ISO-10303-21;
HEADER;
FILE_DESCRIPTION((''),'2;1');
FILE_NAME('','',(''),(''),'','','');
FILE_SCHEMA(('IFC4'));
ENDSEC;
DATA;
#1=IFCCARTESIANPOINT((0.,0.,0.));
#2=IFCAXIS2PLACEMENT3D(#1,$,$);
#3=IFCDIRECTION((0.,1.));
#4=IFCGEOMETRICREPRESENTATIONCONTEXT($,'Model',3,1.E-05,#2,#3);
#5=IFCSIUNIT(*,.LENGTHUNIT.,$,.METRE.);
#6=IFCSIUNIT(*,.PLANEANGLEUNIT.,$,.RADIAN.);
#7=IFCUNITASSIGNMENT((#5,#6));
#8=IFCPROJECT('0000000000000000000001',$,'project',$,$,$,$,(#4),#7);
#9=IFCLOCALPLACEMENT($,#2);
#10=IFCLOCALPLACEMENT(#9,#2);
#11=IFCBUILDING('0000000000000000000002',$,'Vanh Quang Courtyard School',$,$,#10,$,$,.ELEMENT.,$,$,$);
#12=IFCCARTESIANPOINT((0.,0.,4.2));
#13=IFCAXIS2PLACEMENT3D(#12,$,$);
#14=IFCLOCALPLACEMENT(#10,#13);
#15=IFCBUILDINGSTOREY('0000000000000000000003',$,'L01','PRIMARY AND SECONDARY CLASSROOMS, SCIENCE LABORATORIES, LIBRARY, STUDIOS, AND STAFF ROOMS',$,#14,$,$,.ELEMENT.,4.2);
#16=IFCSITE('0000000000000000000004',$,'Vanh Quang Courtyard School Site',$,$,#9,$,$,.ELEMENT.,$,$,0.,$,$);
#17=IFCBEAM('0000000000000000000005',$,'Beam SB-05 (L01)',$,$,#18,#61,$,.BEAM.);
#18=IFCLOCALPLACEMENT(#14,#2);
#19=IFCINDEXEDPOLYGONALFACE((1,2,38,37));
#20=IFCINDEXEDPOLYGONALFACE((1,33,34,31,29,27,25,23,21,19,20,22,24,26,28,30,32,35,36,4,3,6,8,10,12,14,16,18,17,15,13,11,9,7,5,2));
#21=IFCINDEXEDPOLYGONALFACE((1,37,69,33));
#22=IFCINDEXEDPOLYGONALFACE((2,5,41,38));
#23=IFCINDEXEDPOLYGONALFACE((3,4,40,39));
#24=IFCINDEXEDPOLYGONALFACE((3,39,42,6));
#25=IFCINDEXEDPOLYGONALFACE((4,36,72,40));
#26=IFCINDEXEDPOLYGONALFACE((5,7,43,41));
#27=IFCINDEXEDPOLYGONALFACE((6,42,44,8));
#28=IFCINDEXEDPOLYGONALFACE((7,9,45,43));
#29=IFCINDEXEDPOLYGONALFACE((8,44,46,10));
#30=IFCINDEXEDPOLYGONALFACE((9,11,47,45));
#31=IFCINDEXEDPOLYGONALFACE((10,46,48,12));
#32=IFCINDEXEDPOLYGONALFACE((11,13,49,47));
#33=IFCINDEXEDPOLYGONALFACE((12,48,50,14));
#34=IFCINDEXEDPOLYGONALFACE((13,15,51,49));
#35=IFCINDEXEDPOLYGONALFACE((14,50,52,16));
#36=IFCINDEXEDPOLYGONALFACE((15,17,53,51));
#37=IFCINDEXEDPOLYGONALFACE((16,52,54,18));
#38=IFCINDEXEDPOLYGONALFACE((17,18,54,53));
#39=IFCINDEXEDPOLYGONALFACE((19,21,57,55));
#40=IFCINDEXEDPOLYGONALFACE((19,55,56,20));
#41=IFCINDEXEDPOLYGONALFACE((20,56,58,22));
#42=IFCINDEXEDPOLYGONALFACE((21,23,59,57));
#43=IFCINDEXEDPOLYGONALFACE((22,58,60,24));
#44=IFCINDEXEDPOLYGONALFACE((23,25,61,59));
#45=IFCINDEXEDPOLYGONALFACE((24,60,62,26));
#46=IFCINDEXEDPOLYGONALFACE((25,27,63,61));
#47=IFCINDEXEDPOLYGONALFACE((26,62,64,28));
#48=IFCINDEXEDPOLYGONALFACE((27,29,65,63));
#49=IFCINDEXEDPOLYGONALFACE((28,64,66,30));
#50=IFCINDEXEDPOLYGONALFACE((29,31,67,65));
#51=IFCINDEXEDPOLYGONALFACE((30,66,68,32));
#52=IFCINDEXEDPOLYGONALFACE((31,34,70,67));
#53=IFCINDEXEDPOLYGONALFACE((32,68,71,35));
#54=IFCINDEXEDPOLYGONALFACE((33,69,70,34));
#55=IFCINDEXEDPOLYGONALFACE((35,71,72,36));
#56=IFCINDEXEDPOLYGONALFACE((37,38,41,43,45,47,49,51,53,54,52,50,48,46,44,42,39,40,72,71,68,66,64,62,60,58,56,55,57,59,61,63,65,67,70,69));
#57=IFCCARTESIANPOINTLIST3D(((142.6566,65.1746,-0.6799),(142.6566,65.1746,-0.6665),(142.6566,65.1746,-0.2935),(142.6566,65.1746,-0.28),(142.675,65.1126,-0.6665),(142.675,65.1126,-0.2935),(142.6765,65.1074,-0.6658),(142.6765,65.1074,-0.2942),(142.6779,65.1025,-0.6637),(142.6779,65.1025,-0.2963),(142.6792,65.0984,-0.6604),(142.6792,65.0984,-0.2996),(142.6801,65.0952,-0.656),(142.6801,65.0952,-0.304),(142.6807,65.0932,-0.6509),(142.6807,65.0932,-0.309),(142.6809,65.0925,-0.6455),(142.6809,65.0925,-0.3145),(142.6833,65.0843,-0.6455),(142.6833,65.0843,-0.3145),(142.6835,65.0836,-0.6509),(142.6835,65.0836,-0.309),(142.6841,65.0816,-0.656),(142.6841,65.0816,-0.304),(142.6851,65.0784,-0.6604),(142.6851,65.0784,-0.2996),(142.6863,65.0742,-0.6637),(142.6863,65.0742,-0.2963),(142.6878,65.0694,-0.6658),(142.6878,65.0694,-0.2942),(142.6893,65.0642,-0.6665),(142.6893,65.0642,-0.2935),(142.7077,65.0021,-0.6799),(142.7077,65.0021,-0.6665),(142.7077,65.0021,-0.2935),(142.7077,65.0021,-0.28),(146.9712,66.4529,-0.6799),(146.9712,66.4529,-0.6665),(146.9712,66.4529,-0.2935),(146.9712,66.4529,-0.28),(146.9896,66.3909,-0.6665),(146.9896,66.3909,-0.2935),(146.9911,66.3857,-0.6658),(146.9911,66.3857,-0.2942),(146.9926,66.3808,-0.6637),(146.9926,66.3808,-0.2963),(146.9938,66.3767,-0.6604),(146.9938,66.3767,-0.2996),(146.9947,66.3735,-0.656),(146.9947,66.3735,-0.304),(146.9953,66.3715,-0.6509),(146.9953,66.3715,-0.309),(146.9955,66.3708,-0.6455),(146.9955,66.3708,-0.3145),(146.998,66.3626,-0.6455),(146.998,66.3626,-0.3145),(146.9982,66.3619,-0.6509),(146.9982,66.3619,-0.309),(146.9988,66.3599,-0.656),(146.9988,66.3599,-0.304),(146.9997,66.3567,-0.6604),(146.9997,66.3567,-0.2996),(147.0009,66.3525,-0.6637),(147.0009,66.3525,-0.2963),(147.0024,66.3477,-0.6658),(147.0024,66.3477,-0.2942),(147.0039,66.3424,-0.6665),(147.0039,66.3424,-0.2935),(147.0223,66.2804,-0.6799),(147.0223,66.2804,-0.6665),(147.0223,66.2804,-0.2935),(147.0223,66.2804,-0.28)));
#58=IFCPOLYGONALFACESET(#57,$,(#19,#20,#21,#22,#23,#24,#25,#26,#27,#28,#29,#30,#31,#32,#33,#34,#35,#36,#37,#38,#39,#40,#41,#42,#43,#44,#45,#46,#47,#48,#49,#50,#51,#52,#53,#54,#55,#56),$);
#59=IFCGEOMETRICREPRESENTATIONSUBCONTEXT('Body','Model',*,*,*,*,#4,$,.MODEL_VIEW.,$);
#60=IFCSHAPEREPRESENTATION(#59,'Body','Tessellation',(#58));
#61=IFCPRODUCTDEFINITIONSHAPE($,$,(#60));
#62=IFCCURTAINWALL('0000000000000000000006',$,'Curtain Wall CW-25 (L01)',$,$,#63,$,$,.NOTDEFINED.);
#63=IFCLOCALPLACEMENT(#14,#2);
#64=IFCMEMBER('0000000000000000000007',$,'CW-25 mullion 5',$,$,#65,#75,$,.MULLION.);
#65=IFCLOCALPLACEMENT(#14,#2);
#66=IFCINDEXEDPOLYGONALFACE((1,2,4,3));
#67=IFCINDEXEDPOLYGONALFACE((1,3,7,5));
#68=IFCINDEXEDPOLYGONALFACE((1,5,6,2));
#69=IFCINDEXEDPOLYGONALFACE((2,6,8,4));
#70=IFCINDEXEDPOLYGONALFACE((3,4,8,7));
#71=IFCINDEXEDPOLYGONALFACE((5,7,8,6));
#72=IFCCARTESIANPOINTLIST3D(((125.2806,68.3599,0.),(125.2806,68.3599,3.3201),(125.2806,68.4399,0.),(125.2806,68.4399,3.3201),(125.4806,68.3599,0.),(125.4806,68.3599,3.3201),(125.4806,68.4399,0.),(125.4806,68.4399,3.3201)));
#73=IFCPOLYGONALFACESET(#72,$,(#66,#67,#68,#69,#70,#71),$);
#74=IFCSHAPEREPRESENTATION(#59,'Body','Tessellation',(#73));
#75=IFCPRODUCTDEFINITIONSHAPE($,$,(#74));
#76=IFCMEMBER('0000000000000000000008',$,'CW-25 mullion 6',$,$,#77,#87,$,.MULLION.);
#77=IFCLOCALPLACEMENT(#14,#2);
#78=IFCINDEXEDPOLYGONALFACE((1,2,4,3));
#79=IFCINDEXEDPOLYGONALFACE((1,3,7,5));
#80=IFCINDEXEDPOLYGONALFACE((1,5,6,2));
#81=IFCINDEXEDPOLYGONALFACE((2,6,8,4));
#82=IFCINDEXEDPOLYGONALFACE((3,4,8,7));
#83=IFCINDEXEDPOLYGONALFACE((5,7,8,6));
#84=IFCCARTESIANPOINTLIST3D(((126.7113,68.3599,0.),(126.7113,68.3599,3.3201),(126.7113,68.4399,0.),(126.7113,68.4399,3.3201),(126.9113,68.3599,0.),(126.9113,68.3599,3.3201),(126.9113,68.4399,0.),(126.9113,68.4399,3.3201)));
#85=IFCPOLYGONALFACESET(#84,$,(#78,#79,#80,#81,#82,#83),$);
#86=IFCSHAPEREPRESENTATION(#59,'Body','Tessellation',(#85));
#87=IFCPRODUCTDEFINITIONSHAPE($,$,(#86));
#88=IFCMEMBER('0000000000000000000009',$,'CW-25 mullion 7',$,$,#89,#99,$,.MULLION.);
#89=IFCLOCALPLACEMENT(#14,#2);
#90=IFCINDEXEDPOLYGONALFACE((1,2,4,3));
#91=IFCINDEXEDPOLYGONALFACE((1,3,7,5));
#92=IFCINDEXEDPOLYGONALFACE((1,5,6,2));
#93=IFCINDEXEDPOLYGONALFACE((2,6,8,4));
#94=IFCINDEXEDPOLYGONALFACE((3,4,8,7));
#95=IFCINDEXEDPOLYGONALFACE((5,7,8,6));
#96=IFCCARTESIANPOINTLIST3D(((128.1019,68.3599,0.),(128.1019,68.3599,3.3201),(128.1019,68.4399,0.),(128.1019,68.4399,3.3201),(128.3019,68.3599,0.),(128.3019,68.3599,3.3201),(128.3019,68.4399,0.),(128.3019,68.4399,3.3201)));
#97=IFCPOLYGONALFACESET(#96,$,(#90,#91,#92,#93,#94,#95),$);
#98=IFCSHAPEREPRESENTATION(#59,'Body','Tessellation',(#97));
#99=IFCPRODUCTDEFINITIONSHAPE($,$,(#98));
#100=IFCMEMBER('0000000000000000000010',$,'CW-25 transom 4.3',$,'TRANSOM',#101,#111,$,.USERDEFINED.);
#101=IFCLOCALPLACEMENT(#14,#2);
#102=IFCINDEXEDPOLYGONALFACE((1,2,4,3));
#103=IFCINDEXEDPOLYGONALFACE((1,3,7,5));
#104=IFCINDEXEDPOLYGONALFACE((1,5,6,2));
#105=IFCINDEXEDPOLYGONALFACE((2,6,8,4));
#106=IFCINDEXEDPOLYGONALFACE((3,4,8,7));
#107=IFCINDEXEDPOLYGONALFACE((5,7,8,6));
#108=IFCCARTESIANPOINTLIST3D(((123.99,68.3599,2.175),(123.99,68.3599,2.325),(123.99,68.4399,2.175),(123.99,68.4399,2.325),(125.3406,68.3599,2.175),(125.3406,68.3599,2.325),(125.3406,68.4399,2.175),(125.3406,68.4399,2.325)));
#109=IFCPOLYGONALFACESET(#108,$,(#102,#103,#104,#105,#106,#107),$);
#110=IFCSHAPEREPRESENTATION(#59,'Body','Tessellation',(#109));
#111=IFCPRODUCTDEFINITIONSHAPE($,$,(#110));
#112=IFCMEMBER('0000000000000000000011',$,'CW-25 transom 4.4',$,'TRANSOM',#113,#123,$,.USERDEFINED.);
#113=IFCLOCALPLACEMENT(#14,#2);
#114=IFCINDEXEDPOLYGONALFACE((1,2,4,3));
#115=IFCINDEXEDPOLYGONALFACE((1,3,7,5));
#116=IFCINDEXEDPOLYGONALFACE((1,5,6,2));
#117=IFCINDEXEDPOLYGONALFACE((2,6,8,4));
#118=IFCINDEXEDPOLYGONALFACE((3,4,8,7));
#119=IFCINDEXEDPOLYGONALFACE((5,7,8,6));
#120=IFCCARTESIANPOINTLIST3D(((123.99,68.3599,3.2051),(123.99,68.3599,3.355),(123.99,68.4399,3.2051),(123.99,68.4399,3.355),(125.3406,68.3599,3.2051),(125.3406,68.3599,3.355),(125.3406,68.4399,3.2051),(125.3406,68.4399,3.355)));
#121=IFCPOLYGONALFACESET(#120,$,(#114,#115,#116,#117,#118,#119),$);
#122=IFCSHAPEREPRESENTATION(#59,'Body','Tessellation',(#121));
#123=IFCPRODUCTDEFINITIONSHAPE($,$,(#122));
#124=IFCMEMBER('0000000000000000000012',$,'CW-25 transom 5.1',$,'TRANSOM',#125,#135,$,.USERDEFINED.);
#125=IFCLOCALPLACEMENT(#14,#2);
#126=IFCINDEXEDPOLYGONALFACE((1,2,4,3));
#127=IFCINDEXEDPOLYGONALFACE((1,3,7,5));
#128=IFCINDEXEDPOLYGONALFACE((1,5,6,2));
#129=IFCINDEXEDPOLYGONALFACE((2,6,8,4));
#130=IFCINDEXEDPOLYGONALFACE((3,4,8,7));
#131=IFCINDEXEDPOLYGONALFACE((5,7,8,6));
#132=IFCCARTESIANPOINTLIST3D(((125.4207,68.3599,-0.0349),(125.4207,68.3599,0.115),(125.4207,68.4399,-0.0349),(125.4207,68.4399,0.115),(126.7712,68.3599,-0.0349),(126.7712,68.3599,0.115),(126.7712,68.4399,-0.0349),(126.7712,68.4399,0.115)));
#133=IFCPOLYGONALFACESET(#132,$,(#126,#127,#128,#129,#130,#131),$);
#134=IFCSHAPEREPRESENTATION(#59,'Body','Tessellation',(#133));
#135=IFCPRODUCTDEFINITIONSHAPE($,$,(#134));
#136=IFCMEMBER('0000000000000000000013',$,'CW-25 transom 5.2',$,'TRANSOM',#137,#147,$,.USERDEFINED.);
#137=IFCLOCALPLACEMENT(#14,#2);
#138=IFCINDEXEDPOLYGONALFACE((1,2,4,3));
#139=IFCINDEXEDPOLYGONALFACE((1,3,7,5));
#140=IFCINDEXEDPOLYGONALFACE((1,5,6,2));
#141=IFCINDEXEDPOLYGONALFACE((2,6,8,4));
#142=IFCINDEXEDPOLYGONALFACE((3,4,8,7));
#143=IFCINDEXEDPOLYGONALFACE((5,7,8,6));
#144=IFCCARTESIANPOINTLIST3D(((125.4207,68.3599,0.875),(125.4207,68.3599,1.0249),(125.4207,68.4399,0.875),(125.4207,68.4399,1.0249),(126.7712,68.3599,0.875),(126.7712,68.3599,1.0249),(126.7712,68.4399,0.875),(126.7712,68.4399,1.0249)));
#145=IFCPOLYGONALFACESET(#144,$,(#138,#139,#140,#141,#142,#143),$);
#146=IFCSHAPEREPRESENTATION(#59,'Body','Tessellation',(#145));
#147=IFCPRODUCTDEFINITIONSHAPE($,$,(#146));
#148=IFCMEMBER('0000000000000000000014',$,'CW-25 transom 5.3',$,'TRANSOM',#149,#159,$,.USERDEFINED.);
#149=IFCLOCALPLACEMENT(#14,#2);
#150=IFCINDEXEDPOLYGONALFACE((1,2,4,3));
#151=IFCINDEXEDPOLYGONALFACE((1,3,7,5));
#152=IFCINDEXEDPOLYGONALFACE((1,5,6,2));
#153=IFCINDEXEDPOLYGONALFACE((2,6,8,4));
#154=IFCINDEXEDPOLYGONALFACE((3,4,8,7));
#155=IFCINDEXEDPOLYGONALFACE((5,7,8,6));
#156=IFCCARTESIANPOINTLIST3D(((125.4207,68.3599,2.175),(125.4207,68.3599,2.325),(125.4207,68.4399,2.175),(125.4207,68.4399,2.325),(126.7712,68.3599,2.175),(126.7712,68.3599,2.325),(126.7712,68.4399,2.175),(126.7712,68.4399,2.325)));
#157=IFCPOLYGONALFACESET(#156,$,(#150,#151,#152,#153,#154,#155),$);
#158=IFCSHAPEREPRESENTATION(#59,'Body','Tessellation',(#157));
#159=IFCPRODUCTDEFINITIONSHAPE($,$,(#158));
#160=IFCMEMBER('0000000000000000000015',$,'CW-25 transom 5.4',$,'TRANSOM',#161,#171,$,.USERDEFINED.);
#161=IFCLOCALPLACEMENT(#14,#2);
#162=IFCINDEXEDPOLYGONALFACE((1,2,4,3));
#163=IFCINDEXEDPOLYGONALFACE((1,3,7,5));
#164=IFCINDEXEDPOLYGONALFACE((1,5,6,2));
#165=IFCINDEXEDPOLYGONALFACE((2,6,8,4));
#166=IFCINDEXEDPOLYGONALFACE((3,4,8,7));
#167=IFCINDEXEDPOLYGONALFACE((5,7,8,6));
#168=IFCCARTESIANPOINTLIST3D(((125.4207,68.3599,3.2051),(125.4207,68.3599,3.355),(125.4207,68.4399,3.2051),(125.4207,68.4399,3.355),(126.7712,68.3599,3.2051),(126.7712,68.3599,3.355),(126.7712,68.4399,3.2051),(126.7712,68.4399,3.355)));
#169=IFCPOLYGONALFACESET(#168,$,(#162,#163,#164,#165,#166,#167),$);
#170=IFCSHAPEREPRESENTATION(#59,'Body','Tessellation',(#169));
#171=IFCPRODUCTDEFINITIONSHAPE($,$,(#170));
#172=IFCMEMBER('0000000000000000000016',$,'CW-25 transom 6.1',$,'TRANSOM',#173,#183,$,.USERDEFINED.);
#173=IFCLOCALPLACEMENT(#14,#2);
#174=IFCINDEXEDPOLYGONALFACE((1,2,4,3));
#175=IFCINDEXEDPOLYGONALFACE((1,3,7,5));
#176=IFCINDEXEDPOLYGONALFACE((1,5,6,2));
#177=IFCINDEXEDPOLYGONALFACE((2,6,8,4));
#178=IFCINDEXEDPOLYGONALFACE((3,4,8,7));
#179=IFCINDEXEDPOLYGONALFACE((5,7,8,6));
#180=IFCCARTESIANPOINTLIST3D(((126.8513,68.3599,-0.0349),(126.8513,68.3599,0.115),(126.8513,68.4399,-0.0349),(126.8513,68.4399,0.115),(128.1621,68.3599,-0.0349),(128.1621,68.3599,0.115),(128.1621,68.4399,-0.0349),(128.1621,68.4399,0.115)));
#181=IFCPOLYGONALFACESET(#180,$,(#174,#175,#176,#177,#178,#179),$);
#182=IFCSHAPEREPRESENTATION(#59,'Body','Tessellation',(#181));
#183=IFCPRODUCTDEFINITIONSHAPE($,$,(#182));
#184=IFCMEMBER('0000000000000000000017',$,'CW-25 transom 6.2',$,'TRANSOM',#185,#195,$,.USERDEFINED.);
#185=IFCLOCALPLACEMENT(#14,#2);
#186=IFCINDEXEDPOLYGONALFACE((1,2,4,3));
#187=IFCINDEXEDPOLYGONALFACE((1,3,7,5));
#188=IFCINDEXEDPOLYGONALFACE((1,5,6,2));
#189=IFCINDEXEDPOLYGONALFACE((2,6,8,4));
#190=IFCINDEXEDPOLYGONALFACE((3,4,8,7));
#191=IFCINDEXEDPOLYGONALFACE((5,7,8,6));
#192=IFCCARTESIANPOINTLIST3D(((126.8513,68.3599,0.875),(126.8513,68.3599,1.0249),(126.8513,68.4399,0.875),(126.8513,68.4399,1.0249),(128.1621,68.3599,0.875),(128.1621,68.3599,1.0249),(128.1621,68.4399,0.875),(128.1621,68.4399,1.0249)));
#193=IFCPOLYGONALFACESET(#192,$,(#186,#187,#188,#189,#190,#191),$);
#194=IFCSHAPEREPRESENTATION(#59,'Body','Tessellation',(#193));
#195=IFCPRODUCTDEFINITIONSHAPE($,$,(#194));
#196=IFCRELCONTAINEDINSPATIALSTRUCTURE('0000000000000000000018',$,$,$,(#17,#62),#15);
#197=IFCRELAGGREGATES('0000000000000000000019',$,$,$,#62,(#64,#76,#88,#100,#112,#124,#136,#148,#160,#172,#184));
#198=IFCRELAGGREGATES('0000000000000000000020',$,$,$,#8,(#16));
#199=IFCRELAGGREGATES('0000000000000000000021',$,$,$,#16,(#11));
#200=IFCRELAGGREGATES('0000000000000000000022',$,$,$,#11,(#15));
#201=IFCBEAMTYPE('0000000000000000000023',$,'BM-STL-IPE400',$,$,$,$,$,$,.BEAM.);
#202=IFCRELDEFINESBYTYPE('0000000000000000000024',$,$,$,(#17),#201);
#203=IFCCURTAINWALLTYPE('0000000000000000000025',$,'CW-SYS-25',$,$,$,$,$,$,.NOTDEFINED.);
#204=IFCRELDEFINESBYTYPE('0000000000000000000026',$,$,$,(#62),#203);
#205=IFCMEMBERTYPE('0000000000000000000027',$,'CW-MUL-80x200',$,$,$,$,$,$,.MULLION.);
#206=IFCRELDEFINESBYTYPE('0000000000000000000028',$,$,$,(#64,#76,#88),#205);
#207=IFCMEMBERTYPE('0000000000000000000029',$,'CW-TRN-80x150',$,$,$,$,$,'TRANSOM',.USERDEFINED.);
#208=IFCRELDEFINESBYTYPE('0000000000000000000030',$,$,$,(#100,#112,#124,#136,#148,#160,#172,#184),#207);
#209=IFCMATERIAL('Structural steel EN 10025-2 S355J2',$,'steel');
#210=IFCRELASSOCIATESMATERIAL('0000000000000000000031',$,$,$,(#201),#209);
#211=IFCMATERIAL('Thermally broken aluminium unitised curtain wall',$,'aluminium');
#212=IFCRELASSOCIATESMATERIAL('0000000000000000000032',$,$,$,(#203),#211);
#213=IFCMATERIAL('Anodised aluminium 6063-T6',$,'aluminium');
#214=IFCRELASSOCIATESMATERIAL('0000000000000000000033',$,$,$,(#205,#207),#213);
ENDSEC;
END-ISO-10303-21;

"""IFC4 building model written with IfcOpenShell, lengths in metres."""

from ifc_helpers import new_model, si_unit, direction, frame, origin, origin_2d, place, context, subcontext, project, spatial, rectangle, i_section, extrude, material, material_profile, profile_set, type_object, element, aggregate, save


model = new_model("IFC4")

# Units and contexts
model_context = context("Model", 3, precision=1e-05, world=origin(), true_north=direction((0.0, 1.0)))
body_context = subcontext(model_context, "Body", "Model", "MODEL_VIEW")
ifc_project = project(units=[si_unit("LENGTHUNIT", "METRE"), si_unit("PLANEANGLEUNIT", "RADIAN")], contexts=[model_context])

# Site, building, storey
site_placement = place(None, origin())
site = spatial("IfcSite", under=ifc_project, at=site_placement, Name="Vanh Quang Courtyard School Site", CompositionType="ELEMENT", RefElevation=0.0)
building_placement = place(site_placement, origin())
building = spatial("IfcBuilding", under=site, at=building_placement, Name="Vanh Quang Courtyard School", CompositionType="ELEMENT")
storey_placement = place(building_placement, frame((0.0, 0.0, 4.2)))
storey = spatial("IfcBuildingStorey", under=building, at=storey_placement, Name="L01", Description="PRIMARY AND SECONDARY CLASSROOMS, SCIENCE LABORATORIES, LIBRARY, STUDIOS, AND STAFF ROOMS", CompositionType="ELEMENT", Elevation=4.2)

# Shared definitions
ifc_material_1 = material(Name="Structural steel EN 10025-2 S355J2", Category="steel")

# Beam
ifc_material_profile_1 = material_profile(ifc_material_1, i_section(OverallWidth=0.1799, OverallDepth=0.3999, WebThickness=0.0085, FlangeThickness=0.0134, FilletRadius=0.021, at=origin_2d()), Name="IPE 400")
ifc_profile_set_1 = profile_set([ifc_material_profile_1], Name="Structural steel EN 10025-2 S355J2")
beam_type_1 = type_object("IfcBeamType", Name="BM-STL-IPE400", PredefinedType="BEAM", material=ifc_profile_set_1)
beam_1_placement = place(storey_placement, frame((142.6821, 65.0884, -0.48), z_axis=(0.958805, 0.284066, 0.0), x_axis=(-0.284066, 0.958805, 0.0)))
element("IfcBeam", 1, at=beam_1_placement, inside=storey, type_object=beam_type_1, Name="Beam SB-05 (L01)", PredefinedType="BEAM", context=body_context, shape_type="SweptSolid", body=[
    extrude(i_section(OverallWidth=0.1799, OverallDepth=0.3999, WebThickness=0.0085, FlangeThickness=0.0134, FilletRadius=0.021, at=origin_2d()), origin(), (0.0, 0.0, 1.0), 4.5),
])

# Curtain wall, members
ifc_material_2 = material(Name="Thermally broken aluminium unitised curtain wall", Category="aluminium")
curtain_wall_type = type_object("IfcCurtainWallType", Name="CW-SYS-25", PredefinedType="NOTDEFINED", material=ifc_material_2)
curtain_wall_placement = place(storey_placement, origin())
curtain_wall = element("IfcCurtainWall", 2, at=curtain_wall_placement, inside=storey, type_object=curtain_wall_type, Name="Curtain Wall CW-25 (L01)", PredefinedType="NOTDEFINED")
ifc_material_3 = material(Name="Anodised aluminium 6063-T6", Category="aluminium")
ifc_material_profile_2 = material_profile(ifc_material_3, rectangle(XDim=0.0801, YDim=0.2, at=origin_2d()), Name="ALU-MUL 80x200")
ifc_profile_set_2 = profile_set([ifc_material_profile_2], Name="Anodised aluminium 6063-T6")
member_type_1 = type_object("IfcMemberType", Name="CW-MUL-80x200", PredefinedType="MULLION", material=ifc_profile_set_2)
member_1_placement = place(storey_placement, frame((125.3806, 68.3999, 0.0), z_axis=(0.0, 0.0, 1.0), x_axis=(0.0, 1.0, 0.0)))
member_1 = element("IfcMember", 3, at=member_1_placement, type_object=member_type_1, Name="CW-25 mullion 5", PredefinedType="MULLION", context=body_context, shape_type="SweptSolid", body=[
    extrude(rectangle(XDim=0.0801, YDim=0.2, at=origin_2d()), origin(), (0.0, 0.0, 1.0), 3.3201),
])
member_2_placement = place(storey_placement, frame((126.8113, 68.3999, 0.0), z_axis=(0.0, 0.0, 1.0), x_axis=(0.0, 1.0, 0.0)))
member_2 = element("IfcMember", 4, at=member_2_placement, type_object=member_type_1, Name="CW-25 mullion 6", PredefinedType="MULLION", context=body_context, shape_type="SweptSolid", body=[
    extrude(rectangle(XDim=0.0801, YDim=0.2, at=origin_2d()), origin(), (0.0, 0.0, 1.0), 3.3201),
])
member_3_placement = place(storey_placement, frame((128.2019, 68.3999, 0.0), z_axis=(0.0, 0.0, 1.0), x_axis=(0.0, 1.0, 0.0)))
member_3 = element("IfcMember", 5, at=member_3_placement, type_object=member_type_1, Name="CW-25 mullion 7", PredefinedType="MULLION", context=body_context, shape_type="SweptSolid", body=[
    extrude(rectangle(XDim=0.0801, YDim=0.2, at=origin_2d()), origin(), (0.0, 0.0, 1.0), 3.3201),
])
ifc_material_profile_3 = material_profile(ifc_material_3, rectangle(XDim=0.0801, YDim=0.1499, at=origin_2d()), Name="ALU-TRN 80x150")
ifc_profile_set_3 = profile_set([ifc_material_profile_3], Name="Anodised aluminium 6063-T6")
member_type_2 = type_object("IfcMemberType", Name="CW-TRN-80x150", ElementType="TRANSOM", PredefinedType="USERDEFINED", material=ifc_profile_set_3)
member_4_placement = place(storey_placement, frame((123.99, 68.3999, 2.25), z_axis=(1.0, 0.0, 0.0), x_axis=(0.0, 1.0, 0.0)))
member_4 = element("IfcMember", 6, at=member_4_placement, type_object=member_type_2, Name="CW-25 transom 4.3", ObjectType="TRANSOM", PredefinedType="USERDEFINED", context=body_context, shape_type="SweptSolid", body=[
    extrude(rectangle(XDim=0.0801, YDim=0.1499, at=origin_2d()), origin(), (0.0, 0.0, 1.0), 1.3506),
])
member_5_placement = place(storey_placement, frame((123.99, 68.3999, 3.28), z_axis=(1.0, 0.0, 0.0), x_axis=(0.0, 1.0, 0.0)))
member_5 = element("IfcMember", 7, at=member_5_placement, type_object=member_type_2, Name="CW-25 transom 4.4", ObjectType="TRANSOM", PredefinedType="USERDEFINED", context=body_context, shape_type="SweptSolid", body=[
    extrude(rectangle(XDim=0.0801, YDim=0.1499, at=origin_2d()), origin(), (0.0, 0.0, 1.0), 1.3506),
])
member_6_placement = place(storey_placement, frame((125.4207, 68.3999, 0.04), z_axis=(1.0, 0.0, 0.0), x_axis=(0.0, 1.0, 0.0)))
member_6 = element("IfcMember", 8, at=member_6_placement, type_object=member_type_2, Name="CW-25 transom 5.1", ObjectType="TRANSOM", PredefinedType="USERDEFINED", context=body_context, shape_type="SweptSolid", body=[
    extrude(rectangle(XDim=0.0801, YDim=0.1499, at=origin_2d()), origin(), (0.0, 0.0, 1.0), 1.3506),
])
member_7_placement = place(storey_placement, frame((125.4207, 68.3999, 0.95), z_axis=(1.0, 0.0, 0.0), x_axis=(0.0, 1.0, 0.0)))
member_7 = element("IfcMember", 9, at=member_7_placement, type_object=member_type_2, Name="CW-25 transom 5.2", ObjectType="TRANSOM", PredefinedType="USERDEFINED", context=body_context, shape_type="SweptSolid", body=[
    extrude(rectangle(XDim=0.0801, YDim=0.1499, at=origin_2d()), origin(), (0.0, 0.0, 1.0), 1.3506),
])
member_8_placement = place(storey_placement, frame((125.4207, 68.3999, 2.25), z_axis=(1.0, 0.0, 0.0), x_axis=(0.0, 1.0, 0.0)))
member_8 = element("IfcMember", 10, at=member_8_placement, type_object=member_type_2, Name="CW-25 transom 5.3", ObjectType="TRANSOM", PredefinedType="USERDEFINED", context=body_context, shape_type="SweptSolid", body=[
    extrude(rectangle(XDim=0.0801, YDim=0.1499, at=origin_2d()), origin(), (0.0, 0.0, 1.0), 1.3506),
])
member_9_placement = place(storey_placement, frame((125.4207, 68.3999, 3.28), z_axis=(1.0, 0.0, 0.0), x_axis=(0.0, 1.0, 0.0)))
member_9 = element("IfcMember", 11, at=member_9_placement, type_object=member_type_2, Name="CW-25 transom 5.4", ObjectType="TRANSOM", PredefinedType="USERDEFINED", context=body_context, shape_type="SweptSolid", body=[
    extrude(rectangle(XDim=0.0801, YDim=0.1499, at=origin_2d()), origin(), (0.0, 0.0, 1.0), 1.3506),
])
member_10_placement = place(storey_placement, frame((126.8513, 68.3999, 0.04), z_axis=(1.0, 0.0, 0.0), x_axis=(0.0, 1.0, 0.0)))
member_10 = element("IfcMember", 12, at=member_10_placement, type_object=member_type_2, Name="CW-25 transom 6.1", ObjectType="TRANSOM", PredefinedType="USERDEFINED", context=body_context, shape_type="SweptSolid", body=[
    extrude(rectangle(XDim=0.0801, YDim=0.1499, at=origin_2d()), origin(), (0.0, 0.0, 1.0), 1.3108),
])
member_11_placement = place(storey_placement, frame((126.8513, 68.3999, 0.95), z_axis=(1.0, 0.0, 0.0), x_axis=(0.0, 1.0, 0.0)))
member_11 = element("IfcMember", 13, at=member_11_placement, type_object=member_type_2, Name="CW-25 transom 6.2", ObjectType="TRANSOM", PredefinedType="USERDEFINED", context=body_context, shape_type="SweptSolid", body=[
    extrude(rectangle(XDim=0.0801, YDim=0.1499, at=origin_2d()), origin(), (0.0, 0.0, 1.0), 1.3108),
])
aggregate(curtain_wall, [member_1, member_2, member_3, member_4, member_5, member_6, member_7, member_8, member_9, member_10, member_11])

save(model, "model.ifc")
